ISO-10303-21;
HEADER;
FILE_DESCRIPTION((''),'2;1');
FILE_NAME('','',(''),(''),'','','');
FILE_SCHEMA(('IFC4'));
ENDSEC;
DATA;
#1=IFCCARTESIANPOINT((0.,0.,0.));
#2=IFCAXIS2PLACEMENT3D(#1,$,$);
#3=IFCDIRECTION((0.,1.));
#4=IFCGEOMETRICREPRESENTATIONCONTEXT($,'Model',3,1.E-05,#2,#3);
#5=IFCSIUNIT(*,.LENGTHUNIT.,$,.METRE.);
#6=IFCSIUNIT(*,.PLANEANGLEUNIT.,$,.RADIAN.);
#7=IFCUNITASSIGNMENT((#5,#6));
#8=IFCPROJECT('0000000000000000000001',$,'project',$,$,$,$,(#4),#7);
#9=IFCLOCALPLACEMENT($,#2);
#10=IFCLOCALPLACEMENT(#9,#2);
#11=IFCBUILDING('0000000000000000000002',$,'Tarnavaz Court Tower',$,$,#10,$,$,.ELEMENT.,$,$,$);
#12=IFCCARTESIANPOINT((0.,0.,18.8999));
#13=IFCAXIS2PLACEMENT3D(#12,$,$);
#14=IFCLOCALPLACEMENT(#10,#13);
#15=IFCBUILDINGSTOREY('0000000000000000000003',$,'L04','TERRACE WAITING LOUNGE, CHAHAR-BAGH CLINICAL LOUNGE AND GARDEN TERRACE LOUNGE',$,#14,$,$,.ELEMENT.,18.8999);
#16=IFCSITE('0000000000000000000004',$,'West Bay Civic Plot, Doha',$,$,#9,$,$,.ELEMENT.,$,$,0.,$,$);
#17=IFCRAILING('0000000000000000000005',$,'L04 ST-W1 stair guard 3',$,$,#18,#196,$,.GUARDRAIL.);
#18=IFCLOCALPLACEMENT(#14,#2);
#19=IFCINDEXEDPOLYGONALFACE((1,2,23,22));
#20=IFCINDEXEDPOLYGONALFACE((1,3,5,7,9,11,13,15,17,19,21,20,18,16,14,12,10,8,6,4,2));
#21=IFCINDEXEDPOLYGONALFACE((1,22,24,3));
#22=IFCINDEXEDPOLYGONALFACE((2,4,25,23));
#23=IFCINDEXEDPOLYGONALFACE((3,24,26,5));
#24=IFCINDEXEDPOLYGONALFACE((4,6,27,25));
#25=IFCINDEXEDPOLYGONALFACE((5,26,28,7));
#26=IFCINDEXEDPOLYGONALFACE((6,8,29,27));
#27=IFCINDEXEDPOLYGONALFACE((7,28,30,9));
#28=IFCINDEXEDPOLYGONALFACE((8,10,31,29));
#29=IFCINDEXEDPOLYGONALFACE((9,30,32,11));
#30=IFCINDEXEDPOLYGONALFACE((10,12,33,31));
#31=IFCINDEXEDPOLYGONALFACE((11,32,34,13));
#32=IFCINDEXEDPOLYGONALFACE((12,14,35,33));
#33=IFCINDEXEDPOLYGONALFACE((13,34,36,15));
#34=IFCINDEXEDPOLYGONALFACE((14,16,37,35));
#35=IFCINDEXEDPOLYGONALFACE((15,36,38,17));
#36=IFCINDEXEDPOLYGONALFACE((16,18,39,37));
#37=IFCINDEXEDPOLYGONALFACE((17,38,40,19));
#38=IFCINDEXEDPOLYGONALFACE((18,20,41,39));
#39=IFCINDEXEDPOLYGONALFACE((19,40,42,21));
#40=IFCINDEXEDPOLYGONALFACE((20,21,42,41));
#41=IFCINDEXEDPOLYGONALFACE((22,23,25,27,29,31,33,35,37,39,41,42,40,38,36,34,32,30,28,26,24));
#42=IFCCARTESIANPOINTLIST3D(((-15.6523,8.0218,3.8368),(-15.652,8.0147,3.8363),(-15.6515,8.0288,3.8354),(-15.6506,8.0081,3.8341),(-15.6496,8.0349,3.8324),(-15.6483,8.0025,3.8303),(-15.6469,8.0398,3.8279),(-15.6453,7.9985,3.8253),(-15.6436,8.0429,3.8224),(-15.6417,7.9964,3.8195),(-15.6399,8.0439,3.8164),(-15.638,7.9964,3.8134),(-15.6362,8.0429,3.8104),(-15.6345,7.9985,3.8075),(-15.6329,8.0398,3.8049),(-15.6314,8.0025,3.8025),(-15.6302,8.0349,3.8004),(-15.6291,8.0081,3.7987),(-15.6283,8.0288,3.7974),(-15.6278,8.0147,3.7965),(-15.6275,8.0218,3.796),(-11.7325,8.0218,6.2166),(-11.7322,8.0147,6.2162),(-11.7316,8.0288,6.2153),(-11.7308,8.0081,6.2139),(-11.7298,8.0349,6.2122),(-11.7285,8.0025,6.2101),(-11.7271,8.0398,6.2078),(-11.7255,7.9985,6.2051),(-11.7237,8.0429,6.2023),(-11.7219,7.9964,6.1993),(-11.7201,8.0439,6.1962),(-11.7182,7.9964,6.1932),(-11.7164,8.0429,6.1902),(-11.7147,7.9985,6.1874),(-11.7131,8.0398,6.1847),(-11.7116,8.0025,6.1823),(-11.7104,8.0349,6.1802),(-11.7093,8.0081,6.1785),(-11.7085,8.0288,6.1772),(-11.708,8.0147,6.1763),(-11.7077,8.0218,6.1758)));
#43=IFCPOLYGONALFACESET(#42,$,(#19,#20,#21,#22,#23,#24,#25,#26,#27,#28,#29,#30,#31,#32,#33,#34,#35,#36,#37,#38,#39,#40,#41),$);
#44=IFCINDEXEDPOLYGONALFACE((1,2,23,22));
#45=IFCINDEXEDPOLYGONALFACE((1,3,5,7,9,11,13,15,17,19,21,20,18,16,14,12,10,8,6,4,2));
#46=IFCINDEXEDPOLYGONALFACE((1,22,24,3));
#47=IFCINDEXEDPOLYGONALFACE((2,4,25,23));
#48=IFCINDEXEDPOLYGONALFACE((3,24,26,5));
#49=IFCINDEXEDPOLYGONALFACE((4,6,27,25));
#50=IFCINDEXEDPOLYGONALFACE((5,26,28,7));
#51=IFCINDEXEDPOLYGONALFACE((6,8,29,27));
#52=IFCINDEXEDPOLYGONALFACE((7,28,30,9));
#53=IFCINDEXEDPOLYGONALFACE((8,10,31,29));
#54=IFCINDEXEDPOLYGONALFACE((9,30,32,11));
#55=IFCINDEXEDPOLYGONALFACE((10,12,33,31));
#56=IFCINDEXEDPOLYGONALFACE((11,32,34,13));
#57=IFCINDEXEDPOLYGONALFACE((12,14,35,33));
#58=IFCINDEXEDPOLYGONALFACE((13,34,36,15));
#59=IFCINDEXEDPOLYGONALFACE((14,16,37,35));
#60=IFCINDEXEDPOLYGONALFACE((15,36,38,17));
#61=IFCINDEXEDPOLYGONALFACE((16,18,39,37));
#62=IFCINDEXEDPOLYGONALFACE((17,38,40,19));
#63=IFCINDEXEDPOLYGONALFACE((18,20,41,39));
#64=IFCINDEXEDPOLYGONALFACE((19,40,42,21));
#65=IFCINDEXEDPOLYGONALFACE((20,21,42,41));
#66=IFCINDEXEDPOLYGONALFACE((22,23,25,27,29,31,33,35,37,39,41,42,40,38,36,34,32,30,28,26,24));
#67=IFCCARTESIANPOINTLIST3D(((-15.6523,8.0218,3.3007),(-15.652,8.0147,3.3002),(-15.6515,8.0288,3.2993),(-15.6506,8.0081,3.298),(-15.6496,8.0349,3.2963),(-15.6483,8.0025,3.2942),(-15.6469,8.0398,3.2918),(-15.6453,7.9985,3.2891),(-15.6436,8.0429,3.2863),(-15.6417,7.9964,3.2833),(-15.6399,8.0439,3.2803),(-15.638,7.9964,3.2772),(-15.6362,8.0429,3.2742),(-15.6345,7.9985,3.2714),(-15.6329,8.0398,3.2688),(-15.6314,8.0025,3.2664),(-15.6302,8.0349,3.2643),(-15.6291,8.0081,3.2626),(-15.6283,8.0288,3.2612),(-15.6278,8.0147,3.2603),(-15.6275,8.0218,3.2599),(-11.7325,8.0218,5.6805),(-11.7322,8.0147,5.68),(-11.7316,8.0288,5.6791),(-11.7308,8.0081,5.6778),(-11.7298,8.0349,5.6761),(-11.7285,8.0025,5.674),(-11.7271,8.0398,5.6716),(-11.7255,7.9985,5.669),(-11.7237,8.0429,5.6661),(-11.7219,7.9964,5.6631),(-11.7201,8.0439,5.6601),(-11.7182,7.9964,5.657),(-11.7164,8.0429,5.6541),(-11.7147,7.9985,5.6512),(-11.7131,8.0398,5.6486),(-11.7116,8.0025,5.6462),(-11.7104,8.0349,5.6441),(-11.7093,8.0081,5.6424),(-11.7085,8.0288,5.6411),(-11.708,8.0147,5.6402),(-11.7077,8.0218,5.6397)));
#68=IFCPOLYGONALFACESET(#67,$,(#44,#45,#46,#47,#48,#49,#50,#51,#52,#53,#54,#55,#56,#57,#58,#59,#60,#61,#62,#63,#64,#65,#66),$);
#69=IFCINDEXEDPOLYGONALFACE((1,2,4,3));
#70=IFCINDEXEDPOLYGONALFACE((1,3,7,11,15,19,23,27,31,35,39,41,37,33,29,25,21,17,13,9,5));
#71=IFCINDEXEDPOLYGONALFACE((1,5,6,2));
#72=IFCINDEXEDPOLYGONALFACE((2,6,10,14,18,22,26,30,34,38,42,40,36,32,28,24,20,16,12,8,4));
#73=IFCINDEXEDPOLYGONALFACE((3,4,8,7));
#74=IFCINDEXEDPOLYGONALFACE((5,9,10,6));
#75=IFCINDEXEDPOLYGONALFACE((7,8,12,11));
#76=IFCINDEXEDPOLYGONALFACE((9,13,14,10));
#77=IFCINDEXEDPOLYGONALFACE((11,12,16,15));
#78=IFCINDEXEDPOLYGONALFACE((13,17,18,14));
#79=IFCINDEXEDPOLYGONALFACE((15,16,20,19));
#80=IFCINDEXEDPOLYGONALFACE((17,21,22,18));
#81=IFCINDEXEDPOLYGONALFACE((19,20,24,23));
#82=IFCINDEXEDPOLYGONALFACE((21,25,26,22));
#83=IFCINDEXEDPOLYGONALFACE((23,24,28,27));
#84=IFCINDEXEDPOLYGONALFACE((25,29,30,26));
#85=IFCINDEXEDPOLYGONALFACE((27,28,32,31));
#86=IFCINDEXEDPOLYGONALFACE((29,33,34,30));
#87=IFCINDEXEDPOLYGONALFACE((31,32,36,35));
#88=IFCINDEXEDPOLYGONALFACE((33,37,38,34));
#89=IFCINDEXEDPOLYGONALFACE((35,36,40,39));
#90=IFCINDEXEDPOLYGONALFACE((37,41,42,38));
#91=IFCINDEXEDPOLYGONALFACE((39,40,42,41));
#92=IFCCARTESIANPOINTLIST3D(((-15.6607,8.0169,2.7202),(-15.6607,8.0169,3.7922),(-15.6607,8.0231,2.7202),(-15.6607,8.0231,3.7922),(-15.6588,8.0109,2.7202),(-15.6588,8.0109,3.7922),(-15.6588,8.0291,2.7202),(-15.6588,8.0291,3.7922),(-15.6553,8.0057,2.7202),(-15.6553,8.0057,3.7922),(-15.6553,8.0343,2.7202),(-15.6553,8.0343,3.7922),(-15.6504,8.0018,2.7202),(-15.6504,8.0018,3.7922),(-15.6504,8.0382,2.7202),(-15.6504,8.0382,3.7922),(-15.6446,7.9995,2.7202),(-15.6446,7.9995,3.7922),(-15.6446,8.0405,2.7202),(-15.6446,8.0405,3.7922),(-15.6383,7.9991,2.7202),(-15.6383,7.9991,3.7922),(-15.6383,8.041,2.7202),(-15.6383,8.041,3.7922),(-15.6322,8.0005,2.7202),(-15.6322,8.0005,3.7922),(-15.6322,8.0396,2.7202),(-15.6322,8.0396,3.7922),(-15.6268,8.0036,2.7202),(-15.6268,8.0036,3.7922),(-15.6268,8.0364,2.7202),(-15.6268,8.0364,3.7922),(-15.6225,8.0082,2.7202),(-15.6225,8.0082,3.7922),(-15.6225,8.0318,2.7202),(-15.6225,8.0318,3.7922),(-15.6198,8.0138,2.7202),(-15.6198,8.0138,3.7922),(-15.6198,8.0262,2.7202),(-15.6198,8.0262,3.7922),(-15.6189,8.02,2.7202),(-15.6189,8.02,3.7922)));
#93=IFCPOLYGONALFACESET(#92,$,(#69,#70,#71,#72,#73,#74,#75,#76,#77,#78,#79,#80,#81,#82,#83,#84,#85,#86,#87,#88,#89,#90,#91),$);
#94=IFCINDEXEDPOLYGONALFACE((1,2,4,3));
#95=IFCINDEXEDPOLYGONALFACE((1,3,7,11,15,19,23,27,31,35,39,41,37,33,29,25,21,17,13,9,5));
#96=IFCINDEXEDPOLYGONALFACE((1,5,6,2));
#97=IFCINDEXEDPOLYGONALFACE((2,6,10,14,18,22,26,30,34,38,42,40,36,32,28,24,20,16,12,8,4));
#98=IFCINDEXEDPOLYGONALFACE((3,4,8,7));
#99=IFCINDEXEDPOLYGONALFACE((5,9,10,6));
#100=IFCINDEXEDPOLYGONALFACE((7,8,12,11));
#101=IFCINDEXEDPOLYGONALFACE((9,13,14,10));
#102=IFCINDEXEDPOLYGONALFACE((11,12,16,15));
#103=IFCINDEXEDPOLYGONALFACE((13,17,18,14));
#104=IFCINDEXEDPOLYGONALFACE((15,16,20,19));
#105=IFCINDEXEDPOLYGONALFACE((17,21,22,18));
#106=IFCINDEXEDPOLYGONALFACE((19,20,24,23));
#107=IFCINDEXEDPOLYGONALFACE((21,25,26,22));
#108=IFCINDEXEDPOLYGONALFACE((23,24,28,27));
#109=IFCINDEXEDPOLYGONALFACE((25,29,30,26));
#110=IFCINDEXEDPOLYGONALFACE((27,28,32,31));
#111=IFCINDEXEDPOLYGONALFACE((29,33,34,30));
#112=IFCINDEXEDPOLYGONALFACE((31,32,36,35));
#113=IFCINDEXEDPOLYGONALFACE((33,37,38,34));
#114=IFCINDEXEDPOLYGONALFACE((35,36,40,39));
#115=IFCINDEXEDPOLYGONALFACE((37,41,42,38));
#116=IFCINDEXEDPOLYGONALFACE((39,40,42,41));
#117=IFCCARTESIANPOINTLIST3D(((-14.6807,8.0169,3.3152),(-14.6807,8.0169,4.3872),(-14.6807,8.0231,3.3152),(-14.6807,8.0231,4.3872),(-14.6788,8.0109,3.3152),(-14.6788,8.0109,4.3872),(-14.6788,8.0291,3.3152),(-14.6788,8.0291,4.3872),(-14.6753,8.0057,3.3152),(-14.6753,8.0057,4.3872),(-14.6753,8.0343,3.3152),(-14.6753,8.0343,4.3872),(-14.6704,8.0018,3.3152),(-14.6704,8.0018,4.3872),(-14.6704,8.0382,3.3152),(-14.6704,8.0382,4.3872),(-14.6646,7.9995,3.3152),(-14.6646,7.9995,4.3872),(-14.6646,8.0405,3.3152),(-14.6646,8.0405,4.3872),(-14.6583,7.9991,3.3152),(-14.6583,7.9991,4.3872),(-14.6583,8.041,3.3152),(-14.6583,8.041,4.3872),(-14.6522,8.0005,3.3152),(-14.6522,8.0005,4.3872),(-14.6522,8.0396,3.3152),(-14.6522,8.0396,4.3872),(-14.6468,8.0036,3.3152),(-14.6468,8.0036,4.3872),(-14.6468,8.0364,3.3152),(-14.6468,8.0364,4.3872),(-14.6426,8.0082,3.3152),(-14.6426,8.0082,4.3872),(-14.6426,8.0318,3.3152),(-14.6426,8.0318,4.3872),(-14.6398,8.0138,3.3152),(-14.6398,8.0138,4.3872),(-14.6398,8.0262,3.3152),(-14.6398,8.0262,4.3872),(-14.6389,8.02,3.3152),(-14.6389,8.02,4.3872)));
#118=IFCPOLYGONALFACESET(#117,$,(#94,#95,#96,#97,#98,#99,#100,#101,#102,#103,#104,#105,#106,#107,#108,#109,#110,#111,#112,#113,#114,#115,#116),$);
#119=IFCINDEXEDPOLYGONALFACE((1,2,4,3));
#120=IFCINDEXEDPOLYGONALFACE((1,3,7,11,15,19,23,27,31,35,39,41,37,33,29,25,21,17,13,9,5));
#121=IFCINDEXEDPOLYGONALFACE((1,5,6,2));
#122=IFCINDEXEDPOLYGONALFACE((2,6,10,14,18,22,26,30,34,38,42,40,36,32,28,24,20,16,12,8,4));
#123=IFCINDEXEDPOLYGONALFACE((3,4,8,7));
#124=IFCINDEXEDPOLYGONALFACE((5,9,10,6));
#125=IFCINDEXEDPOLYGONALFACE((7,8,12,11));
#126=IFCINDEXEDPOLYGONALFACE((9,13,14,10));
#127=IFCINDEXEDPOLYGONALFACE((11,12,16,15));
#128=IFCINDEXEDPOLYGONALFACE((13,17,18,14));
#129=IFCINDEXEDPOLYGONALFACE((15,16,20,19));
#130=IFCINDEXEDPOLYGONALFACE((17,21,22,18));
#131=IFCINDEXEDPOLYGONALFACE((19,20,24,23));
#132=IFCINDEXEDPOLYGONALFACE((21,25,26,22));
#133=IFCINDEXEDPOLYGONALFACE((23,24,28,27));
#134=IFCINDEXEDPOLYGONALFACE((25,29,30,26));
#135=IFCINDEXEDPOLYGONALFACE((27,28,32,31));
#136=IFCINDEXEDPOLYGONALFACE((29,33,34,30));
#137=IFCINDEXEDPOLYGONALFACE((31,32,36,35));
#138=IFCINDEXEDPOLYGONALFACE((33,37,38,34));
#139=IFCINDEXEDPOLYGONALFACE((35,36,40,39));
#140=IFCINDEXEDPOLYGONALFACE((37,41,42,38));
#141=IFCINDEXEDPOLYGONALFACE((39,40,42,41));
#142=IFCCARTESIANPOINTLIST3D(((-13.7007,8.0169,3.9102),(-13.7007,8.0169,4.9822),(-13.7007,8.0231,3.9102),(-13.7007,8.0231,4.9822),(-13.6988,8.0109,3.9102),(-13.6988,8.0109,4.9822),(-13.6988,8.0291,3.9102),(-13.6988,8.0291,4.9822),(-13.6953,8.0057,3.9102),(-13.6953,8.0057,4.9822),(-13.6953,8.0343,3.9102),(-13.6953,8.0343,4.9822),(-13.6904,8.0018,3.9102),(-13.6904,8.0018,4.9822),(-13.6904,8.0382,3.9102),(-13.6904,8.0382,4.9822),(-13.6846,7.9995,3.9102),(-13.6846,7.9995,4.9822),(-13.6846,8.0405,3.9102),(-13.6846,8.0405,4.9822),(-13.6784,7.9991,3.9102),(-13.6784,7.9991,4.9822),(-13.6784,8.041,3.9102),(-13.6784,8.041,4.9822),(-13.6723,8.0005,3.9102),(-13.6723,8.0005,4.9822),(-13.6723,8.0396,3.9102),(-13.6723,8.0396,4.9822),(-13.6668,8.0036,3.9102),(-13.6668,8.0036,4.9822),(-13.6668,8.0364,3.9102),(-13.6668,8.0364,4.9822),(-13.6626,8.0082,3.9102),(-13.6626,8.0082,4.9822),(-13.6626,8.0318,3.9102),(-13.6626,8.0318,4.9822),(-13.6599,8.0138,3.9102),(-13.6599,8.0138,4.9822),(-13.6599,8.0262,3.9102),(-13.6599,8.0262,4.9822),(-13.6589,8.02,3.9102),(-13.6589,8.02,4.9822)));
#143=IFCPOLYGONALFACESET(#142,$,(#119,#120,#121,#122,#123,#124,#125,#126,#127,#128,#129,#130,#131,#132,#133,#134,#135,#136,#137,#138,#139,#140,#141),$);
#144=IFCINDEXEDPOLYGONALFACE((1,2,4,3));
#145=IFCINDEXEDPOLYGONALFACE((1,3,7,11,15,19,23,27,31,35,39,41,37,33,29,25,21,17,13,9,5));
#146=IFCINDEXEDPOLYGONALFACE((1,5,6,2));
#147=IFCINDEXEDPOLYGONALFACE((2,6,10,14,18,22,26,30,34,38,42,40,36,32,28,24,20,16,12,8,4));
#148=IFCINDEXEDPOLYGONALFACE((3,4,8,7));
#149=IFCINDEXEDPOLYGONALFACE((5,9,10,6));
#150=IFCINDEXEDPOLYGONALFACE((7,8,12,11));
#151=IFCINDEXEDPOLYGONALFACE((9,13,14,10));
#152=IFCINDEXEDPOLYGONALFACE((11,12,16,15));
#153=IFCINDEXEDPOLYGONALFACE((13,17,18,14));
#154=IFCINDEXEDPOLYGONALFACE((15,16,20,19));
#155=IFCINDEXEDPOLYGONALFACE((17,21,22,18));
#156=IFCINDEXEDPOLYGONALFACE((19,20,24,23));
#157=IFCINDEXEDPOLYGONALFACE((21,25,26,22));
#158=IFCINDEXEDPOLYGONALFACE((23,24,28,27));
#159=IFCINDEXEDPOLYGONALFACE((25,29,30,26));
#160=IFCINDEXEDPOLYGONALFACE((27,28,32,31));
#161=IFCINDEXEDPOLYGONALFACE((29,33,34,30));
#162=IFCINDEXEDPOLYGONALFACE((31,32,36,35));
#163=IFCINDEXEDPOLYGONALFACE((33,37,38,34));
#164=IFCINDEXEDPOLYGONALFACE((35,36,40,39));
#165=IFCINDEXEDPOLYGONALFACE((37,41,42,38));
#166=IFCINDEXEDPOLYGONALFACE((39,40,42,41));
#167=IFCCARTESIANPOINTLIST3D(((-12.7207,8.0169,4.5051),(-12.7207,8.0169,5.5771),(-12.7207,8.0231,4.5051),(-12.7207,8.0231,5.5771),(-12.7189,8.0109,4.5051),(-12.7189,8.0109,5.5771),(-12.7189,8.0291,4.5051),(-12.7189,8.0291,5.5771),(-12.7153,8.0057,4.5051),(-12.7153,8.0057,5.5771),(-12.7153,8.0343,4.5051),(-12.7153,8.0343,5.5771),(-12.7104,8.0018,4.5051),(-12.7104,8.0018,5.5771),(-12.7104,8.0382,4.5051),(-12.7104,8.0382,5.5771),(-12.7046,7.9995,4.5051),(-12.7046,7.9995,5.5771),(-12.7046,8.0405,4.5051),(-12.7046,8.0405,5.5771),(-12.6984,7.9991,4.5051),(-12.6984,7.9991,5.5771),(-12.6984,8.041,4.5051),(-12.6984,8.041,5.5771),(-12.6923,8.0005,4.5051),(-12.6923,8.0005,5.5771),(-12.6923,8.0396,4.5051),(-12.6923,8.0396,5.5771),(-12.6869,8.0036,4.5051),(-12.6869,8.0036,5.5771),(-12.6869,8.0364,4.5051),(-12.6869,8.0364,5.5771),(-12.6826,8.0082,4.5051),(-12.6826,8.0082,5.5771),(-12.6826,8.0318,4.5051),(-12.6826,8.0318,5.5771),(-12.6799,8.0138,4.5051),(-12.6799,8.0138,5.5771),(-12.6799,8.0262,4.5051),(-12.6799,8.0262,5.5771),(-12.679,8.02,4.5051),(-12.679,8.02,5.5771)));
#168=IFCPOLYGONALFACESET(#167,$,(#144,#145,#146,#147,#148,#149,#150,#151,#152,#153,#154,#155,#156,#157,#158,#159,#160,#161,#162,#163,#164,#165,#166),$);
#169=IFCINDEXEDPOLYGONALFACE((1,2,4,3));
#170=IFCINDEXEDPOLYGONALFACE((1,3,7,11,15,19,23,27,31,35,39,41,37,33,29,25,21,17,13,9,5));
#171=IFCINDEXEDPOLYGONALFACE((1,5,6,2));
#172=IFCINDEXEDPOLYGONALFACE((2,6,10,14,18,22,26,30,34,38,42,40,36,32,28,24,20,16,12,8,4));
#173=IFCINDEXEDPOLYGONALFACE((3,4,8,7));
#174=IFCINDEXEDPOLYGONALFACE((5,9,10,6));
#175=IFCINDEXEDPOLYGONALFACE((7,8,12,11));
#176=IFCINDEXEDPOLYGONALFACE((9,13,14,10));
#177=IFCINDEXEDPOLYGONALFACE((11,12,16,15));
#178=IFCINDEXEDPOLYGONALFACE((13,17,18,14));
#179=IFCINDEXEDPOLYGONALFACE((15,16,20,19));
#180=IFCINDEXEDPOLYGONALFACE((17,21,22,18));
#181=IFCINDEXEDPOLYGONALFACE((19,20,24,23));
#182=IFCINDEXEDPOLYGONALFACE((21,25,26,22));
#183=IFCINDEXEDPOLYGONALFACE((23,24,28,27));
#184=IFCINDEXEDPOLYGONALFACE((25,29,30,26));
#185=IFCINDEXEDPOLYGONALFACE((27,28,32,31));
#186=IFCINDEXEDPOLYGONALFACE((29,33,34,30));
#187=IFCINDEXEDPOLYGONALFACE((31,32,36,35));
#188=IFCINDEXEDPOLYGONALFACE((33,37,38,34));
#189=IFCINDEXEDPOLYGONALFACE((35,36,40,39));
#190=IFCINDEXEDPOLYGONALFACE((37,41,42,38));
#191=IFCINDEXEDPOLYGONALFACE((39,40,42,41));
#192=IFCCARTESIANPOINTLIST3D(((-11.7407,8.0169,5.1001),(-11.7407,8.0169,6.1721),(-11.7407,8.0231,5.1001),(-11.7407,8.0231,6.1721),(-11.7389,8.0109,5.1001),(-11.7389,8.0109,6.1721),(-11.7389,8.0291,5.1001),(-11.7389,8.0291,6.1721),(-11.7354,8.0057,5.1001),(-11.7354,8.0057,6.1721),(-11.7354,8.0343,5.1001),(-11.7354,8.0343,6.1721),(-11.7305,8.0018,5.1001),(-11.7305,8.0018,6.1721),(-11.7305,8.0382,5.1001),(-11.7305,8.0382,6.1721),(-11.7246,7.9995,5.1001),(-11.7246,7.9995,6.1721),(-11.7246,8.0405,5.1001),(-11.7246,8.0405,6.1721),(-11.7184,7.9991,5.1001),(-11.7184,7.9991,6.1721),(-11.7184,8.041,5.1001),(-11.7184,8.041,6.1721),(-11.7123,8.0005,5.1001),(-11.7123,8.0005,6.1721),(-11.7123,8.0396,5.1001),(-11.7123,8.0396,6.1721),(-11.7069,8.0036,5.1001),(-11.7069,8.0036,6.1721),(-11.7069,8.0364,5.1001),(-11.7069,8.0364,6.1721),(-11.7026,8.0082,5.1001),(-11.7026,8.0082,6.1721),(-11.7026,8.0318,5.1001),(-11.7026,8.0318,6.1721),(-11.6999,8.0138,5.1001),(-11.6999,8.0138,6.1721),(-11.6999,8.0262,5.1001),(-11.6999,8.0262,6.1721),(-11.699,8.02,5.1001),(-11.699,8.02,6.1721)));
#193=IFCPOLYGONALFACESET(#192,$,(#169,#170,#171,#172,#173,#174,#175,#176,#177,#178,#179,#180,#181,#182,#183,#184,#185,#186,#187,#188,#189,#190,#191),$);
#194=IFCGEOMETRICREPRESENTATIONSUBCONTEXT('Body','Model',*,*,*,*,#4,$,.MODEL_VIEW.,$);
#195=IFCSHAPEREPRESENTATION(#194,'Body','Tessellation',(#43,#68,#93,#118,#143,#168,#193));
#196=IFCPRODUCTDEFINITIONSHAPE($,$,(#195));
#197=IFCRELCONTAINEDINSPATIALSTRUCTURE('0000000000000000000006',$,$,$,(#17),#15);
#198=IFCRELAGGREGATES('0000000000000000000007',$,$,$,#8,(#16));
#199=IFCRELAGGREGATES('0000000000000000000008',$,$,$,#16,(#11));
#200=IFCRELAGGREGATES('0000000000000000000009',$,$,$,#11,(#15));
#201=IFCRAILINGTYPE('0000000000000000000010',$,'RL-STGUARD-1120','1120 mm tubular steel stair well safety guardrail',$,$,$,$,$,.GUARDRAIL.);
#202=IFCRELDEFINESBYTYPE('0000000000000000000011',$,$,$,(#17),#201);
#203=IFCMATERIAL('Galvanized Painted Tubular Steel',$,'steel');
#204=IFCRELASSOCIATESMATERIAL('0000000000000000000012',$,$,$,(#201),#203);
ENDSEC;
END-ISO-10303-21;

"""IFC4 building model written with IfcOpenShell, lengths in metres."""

from ifc_helpers import new_model, si_unit, direction, frame, origin, origin_2d, place, context, subcontext, project, spatial, circle, extrude, material, type_object, element, save


model = new_model("IFC4")

# Units and contexts
model_context = context("Model", 3, precision=1e-05, world=origin(), true_north=direction((0.0, 1.0)))
body_context = subcontext(model_context, "Body", "Model", "MODEL_VIEW")
ifc_project = project(units=[si_unit("LENGTHUNIT", "METRE"), si_unit("PLANEANGLEUNIT", "RADIAN")], contexts=[model_context])

# Site, building, storey
site_placement = place(None, origin())
site = spatial("IfcSite", under=ifc_project, at=site_placement, Name="West Bay Civic Plot, Doha", CompositionType="ELEMENT", RefElevation=0.0)
building_placement = place(site_placement, origin())
building = spatial("IfcBuilding", under=site, at=building_placement, Name="Tarnavaz Court Tower", CompositionType="ELEMENT")
storey_placement = place(building_placement, frame((0.0, 0.0, 18.8999)))
storey = spatial("IfcBuildingStorey", under=building, at=storey_placement, Name="L04", Description="TERRACE WAITING LOUNGE, CHAHAR-BAGH CLINICAL LOUNGE AND GARDEN TERRACE LOUNGE", CompositionType="ELEMENT", Elevation=18.8999)

# Railing
ifc_material_1 = material(Name="Galvanized Painted Tubular Steel", Category="steel")
railing_type_1 = type_object("IfcRailingType", Name="RL-STGUARD-1120", Description="1120 mm tubular steel stair well safety guardrail", PredefinedType="GUARDRAIL", material=ifc_material_1)
railing_1_placement = place(storey_placement, frame((-15.6399, 8.02, 2.7202)))
element("IfcRailing", 1, at=railing_1_placement, inside=storey, type_object=railing_type_1, Name="L04 ST-W1 stair guard 3", PredefinedType="GUARDRAIL", context=body_context, shape_type="SweptSolid", body=[
    extrude(circle(Radius=0.0239, at=origin_2d()), frame((0.0, 0.0, 1.0962), z_axis=(0.854794, 0.0, 0.518967), x_axis=(0.0, 1.0, 0.0)), (0.0, 0.0, 1.0), 4.5857),
    extrude(circle(Radius=0.0239, at=origin_2d()), frame((0.0, 0.0, 0.5601), z_axis=(0.854794, 0.0, 0.518967), x_axis=(0.0, 1.0, 0.0)), (0.0, 0.0, 1.0), 4.5857),
    extrude(circle(Radius=0.021, at=origin_2d()), origin(), (0.0, 0.0, 1.0), 1.072),
    extrude(circle(Radius=0.021, at=origin_2d()), frame((0.98, 0.0, 0.595)), (0.0, 0.0, 1.0), 1.072),
    extrude(circle(Radius=0.021, at=origin_2d()), frame((1.96, 0.0, 1.1899)), (0.0, 0.0, 1.0), 1.072),
    extrude(circle(Radius=0.021, at=origin_2d()), frame((2.9399, 0.0, 1.7849)), (0.0, 0.0, 1.0), 1.072),
    extrude(circle(Radius=0.021, at=origin_2d()), frame((3.9199, 0.0, 2.3799)), (0.0, 0.0, 1.0), 1.072),
])

save(model, "model.ifc")
